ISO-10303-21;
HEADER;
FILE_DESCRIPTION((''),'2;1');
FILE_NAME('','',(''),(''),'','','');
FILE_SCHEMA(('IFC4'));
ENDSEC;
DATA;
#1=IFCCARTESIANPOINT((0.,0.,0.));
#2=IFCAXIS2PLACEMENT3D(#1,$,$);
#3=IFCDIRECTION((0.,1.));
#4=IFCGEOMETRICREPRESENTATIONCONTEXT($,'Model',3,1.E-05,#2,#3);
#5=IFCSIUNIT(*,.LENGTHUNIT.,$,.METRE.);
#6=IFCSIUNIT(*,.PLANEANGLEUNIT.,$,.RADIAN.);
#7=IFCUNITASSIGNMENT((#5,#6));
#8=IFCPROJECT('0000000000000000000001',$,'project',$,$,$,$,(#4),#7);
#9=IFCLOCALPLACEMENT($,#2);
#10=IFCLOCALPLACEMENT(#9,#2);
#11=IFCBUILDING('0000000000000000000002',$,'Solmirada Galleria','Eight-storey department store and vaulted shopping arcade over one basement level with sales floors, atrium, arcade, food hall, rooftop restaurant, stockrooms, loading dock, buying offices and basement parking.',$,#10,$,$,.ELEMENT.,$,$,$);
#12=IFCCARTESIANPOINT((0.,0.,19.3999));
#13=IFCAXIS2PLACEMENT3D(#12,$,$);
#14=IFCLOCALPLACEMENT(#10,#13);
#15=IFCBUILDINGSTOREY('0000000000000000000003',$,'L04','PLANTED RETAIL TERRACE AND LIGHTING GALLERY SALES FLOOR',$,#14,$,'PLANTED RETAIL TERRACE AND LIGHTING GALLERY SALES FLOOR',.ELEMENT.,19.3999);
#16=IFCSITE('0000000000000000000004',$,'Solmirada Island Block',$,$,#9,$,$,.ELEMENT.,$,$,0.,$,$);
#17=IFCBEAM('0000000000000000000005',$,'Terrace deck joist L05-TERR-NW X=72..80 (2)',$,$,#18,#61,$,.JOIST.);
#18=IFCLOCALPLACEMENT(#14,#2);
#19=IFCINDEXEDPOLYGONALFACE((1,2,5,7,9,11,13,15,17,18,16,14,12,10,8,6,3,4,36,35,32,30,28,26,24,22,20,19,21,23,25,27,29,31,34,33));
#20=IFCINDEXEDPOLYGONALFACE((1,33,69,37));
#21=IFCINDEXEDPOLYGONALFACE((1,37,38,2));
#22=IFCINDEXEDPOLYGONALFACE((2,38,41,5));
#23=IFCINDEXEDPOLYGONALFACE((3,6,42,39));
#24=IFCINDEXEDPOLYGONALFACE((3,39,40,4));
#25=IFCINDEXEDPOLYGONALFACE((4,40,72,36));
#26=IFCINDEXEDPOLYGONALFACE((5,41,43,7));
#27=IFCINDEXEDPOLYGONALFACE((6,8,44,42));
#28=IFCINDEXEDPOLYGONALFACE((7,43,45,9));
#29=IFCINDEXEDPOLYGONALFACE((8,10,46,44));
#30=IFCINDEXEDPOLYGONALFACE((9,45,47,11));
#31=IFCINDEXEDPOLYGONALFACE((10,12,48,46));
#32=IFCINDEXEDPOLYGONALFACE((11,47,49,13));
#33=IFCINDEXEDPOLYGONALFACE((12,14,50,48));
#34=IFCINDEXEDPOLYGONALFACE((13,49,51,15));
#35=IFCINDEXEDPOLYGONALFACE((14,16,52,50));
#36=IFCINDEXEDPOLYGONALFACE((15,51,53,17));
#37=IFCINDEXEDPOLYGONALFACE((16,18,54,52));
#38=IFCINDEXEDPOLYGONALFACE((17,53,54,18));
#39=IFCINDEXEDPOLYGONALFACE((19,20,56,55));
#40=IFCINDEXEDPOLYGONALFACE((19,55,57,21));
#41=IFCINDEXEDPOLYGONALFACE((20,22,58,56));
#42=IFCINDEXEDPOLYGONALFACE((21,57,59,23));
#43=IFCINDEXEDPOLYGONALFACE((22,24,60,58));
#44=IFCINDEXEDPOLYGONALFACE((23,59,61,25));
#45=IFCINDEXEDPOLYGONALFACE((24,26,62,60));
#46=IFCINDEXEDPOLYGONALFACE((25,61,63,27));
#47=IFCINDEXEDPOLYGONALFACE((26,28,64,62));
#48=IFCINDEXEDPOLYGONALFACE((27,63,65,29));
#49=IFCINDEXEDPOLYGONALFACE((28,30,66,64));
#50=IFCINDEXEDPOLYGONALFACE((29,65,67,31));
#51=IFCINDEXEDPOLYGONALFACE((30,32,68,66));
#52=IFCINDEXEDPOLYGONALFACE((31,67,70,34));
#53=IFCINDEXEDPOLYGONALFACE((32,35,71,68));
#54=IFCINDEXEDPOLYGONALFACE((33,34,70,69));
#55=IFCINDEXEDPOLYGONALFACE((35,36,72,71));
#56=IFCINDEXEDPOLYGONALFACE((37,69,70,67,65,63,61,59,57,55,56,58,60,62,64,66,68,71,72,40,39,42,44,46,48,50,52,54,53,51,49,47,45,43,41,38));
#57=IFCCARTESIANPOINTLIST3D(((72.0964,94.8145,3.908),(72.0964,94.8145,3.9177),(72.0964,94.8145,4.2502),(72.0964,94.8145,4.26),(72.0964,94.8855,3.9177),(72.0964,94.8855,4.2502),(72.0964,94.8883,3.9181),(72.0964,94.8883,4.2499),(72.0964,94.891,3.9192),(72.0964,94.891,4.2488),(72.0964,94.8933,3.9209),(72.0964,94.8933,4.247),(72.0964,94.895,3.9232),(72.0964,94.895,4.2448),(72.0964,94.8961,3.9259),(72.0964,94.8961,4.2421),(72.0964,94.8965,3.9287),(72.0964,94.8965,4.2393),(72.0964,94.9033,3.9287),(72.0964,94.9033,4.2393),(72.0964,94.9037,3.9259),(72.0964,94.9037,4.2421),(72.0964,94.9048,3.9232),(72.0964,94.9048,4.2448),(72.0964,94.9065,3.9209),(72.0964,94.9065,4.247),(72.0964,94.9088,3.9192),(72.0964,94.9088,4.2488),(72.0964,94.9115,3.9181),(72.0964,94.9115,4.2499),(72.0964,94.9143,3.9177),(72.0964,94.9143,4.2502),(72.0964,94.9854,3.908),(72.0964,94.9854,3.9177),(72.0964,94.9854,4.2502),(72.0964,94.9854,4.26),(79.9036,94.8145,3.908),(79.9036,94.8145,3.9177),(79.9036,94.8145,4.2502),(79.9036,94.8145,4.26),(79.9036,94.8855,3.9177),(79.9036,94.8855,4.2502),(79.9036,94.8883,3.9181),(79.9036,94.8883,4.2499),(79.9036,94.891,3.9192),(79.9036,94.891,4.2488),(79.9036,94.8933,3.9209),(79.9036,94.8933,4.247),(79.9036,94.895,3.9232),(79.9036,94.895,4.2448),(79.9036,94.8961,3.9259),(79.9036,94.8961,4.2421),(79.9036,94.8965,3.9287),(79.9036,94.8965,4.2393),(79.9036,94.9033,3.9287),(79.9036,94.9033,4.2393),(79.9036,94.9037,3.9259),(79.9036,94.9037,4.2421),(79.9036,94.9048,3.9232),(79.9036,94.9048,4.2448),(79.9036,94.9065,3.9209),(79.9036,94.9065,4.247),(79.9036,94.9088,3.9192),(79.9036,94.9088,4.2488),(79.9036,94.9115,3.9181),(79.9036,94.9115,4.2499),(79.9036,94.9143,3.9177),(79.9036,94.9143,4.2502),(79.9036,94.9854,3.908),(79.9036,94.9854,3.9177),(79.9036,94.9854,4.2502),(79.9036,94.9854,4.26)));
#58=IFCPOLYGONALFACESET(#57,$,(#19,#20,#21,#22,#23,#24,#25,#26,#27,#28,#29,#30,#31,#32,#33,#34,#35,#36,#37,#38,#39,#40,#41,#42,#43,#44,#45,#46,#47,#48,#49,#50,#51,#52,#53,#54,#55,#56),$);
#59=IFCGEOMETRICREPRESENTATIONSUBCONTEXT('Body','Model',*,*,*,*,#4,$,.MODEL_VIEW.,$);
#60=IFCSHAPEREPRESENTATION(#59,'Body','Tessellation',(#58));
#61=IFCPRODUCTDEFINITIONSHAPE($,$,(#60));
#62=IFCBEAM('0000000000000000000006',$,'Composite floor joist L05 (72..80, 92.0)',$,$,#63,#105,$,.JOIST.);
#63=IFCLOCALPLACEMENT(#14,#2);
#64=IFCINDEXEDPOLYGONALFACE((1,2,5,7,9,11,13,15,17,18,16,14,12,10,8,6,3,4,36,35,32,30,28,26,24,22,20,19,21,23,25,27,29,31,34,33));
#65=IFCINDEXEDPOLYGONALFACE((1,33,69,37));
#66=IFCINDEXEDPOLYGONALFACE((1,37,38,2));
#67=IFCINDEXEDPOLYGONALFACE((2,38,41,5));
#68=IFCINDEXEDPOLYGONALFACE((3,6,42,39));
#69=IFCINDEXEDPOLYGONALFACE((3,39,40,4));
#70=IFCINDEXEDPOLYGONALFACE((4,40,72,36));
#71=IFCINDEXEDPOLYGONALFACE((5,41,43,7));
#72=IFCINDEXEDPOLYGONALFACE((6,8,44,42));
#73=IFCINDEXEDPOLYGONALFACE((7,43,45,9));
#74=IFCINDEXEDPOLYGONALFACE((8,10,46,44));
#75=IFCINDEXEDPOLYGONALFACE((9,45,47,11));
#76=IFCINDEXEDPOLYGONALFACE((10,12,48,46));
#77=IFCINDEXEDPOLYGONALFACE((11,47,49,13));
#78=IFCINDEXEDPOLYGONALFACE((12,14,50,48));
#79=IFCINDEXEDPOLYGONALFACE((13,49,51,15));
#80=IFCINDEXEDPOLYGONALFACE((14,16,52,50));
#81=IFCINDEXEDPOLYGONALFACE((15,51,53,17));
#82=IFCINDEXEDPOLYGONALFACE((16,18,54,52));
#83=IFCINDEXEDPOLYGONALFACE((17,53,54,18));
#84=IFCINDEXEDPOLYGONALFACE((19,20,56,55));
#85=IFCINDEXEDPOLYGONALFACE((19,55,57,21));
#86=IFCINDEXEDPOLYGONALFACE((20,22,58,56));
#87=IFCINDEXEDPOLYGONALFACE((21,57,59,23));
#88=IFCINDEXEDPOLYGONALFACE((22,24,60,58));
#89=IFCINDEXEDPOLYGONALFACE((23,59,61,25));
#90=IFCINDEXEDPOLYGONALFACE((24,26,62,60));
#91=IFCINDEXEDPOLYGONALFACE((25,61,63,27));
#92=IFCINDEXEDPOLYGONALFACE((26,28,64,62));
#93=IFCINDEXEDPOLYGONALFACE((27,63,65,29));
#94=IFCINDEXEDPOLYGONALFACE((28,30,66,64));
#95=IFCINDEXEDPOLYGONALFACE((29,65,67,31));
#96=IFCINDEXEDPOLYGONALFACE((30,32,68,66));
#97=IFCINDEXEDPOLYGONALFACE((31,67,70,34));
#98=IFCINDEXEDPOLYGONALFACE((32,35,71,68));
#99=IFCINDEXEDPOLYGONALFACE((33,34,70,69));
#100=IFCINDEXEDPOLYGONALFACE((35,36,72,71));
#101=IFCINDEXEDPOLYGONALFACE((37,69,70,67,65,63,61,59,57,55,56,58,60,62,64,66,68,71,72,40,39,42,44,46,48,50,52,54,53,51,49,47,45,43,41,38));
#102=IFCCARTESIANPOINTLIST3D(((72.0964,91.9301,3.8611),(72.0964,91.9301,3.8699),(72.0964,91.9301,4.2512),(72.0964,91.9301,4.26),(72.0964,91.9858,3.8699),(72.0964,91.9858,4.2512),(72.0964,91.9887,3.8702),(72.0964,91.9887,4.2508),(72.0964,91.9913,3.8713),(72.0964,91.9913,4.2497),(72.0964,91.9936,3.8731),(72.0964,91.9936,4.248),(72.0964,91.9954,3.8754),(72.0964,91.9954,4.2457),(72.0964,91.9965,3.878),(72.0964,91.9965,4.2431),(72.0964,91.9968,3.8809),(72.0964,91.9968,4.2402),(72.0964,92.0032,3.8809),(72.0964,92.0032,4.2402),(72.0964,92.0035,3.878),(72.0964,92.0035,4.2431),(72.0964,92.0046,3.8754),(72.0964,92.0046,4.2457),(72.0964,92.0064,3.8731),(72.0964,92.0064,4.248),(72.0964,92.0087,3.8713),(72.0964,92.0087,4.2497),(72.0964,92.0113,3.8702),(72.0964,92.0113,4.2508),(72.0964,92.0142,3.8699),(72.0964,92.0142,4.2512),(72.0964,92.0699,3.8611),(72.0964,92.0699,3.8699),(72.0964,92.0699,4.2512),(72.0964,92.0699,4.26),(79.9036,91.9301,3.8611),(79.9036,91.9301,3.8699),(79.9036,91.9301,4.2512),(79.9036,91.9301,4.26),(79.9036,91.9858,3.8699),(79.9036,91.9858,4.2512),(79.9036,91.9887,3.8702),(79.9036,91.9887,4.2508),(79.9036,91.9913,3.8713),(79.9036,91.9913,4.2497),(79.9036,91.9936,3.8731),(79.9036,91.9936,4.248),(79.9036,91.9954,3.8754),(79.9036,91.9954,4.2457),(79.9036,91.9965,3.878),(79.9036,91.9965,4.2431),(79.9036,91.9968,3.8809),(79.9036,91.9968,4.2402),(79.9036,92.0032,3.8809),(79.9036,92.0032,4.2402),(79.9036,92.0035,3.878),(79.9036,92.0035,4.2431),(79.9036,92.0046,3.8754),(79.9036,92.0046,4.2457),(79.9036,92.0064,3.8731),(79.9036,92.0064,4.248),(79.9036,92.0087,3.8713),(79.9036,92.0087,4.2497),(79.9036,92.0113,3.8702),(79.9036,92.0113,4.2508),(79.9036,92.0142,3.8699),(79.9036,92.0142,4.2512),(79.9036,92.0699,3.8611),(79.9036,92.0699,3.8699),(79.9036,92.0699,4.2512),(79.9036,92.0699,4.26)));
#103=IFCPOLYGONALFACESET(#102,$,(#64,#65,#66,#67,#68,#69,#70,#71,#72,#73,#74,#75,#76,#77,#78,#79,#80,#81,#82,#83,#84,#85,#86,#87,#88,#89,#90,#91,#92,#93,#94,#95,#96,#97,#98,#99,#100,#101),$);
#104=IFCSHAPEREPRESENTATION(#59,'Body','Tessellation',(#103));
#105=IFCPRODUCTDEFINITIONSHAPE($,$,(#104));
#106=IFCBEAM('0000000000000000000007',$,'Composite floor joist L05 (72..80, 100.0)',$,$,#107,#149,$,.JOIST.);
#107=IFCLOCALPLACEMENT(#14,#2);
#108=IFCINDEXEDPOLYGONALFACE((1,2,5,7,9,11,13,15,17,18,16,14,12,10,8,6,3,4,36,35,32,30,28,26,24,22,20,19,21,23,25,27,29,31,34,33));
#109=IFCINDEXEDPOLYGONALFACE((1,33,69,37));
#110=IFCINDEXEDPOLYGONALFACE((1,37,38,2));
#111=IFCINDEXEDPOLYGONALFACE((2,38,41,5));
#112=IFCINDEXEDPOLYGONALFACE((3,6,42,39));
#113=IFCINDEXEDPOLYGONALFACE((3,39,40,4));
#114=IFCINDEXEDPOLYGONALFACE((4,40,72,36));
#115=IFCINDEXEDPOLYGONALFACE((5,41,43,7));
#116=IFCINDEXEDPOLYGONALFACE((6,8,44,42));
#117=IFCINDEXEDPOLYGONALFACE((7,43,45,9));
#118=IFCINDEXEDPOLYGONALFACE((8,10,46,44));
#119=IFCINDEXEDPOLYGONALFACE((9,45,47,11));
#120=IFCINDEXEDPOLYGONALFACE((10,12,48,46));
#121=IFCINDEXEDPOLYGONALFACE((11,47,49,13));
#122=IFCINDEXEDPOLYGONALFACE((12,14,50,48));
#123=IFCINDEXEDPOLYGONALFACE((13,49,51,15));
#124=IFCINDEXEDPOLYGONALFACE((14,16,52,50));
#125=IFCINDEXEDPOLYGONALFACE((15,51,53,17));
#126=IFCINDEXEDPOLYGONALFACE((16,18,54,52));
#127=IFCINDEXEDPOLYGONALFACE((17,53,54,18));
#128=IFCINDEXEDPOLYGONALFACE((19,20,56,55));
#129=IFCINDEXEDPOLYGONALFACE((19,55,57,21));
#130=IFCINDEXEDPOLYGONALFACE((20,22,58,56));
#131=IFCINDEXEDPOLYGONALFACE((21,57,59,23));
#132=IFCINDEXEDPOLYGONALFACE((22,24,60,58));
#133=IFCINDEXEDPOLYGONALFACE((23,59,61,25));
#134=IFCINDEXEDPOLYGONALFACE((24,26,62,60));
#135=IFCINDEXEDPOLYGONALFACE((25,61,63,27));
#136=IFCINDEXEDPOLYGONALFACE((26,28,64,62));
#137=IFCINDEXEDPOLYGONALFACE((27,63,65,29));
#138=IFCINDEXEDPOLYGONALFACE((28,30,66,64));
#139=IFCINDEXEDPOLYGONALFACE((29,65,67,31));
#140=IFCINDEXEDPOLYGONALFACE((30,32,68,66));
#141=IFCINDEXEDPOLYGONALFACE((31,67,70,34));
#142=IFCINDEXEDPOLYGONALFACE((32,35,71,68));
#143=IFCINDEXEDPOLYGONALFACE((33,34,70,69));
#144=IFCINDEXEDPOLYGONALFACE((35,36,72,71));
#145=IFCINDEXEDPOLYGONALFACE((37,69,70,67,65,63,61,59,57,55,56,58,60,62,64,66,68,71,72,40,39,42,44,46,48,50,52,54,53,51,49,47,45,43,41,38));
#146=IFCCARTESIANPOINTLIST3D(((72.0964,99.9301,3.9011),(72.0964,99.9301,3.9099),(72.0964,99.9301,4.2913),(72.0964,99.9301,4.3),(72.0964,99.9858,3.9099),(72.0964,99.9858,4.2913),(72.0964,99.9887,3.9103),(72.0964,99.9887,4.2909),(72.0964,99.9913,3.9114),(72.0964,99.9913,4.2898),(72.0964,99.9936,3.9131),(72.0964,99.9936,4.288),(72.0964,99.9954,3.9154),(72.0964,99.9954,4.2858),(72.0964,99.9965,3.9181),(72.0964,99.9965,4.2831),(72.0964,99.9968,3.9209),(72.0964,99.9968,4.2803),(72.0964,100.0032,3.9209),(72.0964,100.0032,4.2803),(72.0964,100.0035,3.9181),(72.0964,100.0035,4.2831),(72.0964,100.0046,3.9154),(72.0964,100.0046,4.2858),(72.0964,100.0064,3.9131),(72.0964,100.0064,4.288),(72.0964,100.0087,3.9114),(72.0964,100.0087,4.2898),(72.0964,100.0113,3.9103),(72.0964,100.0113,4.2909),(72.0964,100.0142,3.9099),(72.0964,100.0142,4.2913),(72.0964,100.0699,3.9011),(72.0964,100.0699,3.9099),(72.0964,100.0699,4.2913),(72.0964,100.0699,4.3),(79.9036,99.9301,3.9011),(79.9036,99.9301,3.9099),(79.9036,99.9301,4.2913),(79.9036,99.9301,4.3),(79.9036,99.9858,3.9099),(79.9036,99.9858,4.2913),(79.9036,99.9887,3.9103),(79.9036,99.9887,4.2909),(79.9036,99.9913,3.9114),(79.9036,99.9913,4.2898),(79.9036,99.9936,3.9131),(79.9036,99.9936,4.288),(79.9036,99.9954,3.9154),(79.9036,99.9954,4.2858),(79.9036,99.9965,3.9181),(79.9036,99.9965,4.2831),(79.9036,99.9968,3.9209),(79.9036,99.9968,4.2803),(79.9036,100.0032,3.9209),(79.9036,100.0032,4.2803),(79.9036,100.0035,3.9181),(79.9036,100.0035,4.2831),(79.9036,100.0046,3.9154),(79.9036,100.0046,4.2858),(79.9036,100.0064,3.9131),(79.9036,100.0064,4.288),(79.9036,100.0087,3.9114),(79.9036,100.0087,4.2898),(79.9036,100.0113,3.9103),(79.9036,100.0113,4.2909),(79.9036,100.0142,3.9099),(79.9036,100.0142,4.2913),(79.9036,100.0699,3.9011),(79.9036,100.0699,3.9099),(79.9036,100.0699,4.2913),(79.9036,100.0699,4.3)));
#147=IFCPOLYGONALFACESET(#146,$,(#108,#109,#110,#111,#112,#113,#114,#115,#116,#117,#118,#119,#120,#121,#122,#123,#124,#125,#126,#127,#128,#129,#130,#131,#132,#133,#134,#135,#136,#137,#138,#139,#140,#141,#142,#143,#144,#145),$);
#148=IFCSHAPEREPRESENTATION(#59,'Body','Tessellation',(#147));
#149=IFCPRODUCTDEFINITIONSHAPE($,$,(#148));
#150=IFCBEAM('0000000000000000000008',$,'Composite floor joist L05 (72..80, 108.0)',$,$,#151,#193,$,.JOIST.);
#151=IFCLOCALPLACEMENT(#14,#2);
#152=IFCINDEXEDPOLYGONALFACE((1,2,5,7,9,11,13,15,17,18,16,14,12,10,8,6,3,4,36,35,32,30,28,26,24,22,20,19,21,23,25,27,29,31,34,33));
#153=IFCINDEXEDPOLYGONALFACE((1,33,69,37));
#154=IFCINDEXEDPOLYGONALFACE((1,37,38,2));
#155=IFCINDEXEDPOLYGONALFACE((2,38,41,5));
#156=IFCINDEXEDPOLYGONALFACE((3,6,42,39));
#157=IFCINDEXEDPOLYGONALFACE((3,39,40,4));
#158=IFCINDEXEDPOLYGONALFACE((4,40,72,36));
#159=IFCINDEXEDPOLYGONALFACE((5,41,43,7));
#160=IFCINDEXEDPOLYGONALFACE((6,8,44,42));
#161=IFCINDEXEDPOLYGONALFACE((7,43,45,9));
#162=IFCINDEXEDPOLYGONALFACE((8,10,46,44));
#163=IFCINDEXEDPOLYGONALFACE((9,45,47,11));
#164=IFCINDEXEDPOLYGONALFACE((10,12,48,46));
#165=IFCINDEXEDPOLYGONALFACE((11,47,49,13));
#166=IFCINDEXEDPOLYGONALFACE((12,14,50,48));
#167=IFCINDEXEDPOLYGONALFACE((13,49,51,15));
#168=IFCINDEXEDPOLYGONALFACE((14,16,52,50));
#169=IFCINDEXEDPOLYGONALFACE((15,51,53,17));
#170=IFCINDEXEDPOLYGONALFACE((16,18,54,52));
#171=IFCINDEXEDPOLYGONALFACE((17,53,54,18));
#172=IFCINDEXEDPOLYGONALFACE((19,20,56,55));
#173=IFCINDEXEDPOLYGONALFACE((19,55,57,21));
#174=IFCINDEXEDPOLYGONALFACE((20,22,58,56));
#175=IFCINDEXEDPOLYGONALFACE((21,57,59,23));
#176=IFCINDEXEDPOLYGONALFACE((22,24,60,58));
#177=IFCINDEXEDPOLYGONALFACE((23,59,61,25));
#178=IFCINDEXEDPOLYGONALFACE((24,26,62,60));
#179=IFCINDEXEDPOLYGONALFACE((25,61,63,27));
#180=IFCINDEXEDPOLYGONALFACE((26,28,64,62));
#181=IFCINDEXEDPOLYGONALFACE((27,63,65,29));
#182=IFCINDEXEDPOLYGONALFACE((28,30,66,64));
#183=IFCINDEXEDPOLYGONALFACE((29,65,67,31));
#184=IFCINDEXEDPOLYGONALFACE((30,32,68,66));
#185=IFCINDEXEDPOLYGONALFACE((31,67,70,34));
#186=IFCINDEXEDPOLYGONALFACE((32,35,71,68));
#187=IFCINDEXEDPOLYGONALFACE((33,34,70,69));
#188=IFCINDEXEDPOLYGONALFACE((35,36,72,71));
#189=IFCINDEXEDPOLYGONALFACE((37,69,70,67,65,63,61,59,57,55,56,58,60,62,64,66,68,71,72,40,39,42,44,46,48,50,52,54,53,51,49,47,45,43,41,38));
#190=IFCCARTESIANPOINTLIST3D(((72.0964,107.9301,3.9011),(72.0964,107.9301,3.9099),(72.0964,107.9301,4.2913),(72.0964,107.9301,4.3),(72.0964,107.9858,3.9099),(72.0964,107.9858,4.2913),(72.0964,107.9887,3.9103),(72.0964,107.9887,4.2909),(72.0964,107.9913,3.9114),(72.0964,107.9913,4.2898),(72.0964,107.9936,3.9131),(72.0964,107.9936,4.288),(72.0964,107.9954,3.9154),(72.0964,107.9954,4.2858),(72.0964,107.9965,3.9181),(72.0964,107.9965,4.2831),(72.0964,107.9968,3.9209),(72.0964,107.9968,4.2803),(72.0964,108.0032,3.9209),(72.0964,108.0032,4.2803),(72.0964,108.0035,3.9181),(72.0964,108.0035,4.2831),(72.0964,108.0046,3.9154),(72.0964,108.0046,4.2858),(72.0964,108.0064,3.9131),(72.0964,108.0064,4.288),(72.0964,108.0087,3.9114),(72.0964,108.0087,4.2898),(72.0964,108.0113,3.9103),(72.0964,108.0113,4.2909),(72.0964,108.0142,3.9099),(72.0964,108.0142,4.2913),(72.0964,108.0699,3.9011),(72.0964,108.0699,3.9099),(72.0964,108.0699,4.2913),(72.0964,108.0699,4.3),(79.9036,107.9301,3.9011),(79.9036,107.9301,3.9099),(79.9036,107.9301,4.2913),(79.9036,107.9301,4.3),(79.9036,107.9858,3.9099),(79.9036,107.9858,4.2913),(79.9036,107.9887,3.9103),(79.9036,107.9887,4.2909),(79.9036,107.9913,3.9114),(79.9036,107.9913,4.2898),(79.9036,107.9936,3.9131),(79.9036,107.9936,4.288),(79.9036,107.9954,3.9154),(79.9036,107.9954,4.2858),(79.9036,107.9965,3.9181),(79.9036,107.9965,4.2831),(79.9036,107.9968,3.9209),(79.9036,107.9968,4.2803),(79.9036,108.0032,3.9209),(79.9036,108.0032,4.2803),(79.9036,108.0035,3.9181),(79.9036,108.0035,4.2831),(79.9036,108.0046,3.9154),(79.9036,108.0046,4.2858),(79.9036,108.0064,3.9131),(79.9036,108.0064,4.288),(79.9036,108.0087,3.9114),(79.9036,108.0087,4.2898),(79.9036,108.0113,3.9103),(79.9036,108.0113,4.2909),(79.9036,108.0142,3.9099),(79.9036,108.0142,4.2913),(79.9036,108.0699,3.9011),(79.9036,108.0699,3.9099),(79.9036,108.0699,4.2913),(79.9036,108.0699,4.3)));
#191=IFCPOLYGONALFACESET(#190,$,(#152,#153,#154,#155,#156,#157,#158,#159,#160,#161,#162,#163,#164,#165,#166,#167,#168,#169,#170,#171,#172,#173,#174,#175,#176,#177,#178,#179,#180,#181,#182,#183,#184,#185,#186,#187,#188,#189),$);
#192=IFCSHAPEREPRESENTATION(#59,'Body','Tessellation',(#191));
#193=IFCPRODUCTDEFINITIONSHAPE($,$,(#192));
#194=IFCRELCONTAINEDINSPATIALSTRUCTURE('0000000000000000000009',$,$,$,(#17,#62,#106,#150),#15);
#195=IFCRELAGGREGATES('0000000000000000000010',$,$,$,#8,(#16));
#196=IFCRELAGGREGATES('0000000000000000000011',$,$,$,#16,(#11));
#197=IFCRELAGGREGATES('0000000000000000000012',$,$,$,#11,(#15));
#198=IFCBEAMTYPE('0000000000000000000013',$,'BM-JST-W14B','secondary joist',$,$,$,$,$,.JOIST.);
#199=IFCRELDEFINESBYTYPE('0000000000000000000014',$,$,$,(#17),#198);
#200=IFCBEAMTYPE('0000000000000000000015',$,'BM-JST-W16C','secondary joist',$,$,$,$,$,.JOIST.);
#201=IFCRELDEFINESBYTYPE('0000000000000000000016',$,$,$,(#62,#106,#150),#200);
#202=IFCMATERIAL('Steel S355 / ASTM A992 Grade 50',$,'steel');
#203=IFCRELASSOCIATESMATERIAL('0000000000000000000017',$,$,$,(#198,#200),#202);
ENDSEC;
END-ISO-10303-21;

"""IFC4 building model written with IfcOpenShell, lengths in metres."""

from ifc_helpers import new_model, si_unit, direction, frame, origin, origin_2d, place, context, subcontext, project, spatial, i_section, extrude, material, material_profile, profile_set, type_object, element, save


model = new_model("IFC4")

# Units and contexts
model_context = context("Model", 3, precision=1e-05, world=origin(), true_north=direction((0.0, 1.0)))
body_context = subcontext(model_context, "Body", "Model", "MODEL_VIEW")
ifc_project = project(units=[si_unit("LENGTHUNIT", "METRE"), si_unit("PLANEANGLEUNIT", "RADIAN")], contexts=[model_context])

# Site, building, storey
site_placement = place(None, origin())
site = spatial("IfcSite", under=ifc_project, at=site_placement, Name="Solmirada Island Block", CompositionType="ELEMENT", RefElevation=0.0)
building_placement = place(site_placement, origin())
building = spatial("IfcBuilding", under=site, at=building_placement, Name="Solmirada Galleria", Description="Eight-storey department store and vaulted shopping arcade over one basement level with sales floors, atrium, arcade, food hall, rooftop restaurant, stockrooms, loading dock, buying offices and basement parking.", CompositionType="ELEMENT")
storey_placement = place(building_placement, frame((0.0, 0.0, 19.3999)))
storey = spatial("IfcBuildingStorey", under=building, at=storey_placement, Name="L04", Description="PLANTED RETAIL TERRACE AND LIGHTING GALLERY SALES FLOOR", LongName="PLANTED RETAIL TERRACE AND LIGHTING GALLERY SALES FLOOR", CompositionType="ELEMENT", Elevation=19.3999)

# Beams
ifc_material_1 = material(Name="Steel S355 / ASTM A992 Grade 50", Category="steel")
ifc_material_profile_1 = material_profile(ifc_material_1, i_section(OverallWidth=0.1709, OverallDepth=0.3521, WebThickness=0.0068, FlangeThickness=0.0098, FilletRadius=0.011, at=origin_2d()), Name="W14X30")
ifc_profile_set_1 = profile_set([ifc_material_profile_1], Name="Steel S355 / ASTM A992 Grade 50")
beam_type_1 = type_object("IfcBeamType", Name="BM-JST-W14B", Description="secondary joist", PredefinedType="JOIST", material=ifc_profile_set_1)
beam_1_placement = place(storey_placement, frame((72.0964, 94.8999, 4.084), z_axis=(1.0, 0.0, 0.0), x_axis=(0.0, 1.0, 0.0)))
element("IfcBeam", 1, at=beam_1_placement, inside=storey, type_object=beam_type_1, Name="Terrace deck joist L05-TERR-NW X=72..80 (2)", PredefinedType="JOIST", context=body_context, shape_type="SweptSolid", body=[
    extrude(i_section(OverallWidth=0.1709, OverallDepth=0.3521, WebThickness=0.0068, FlangeThickness=0.0098, FilletRadius=0.011, at=origin_2d()), origin(), (0.0, 0.0, 1.0), 7.8071),
])
ifc_material_profile_2 = material_profile(ifc_material_1, i_section(OverallWidth=0.1399, OverallDepth=0.3989, WebThickness=0.0063, FlangeThickness=0.0088, FilletRadius=0.011, at=origin_2d()), Name="W16X26")
ifc_profile_set_2 = profile_set([ifc_material_profile_2], Name="Steel S355 / ASTM A992 Grade 50")
beam_type_2 = type_object("IfcBeamType", Name="BM-JST-W16C", Description="secondary joist", PredefinedType="JOIST", material=ifc_profile_set_2)
for number, where, z_axis, x_axis, name in (
    (2, (72.0964, 92.0, 4.0605), (1.0, 0.0, 0.0), (0.0, 1.0, 0.0), "Composite floor joist L05 (72..80, 92.0)"),
    (3, (72.0964, 100.0, 4.1006), (1.0, 0.0, 0.0), (0.0, 1.0, 0.0), "Composite floor joist L05 (72..80, 100.0)"),
    (4, (72.0964, 108.0, 4.1006), (1.0, 0.0, 0.0), (0.0, 1.0, 0.0), "Composite floor joist L05 (72..80, 108.0)"),
):
    element("IfcBeam", number, at=place(storey_placement, frame(where, z_axis=z_axis, x_axis=x_axis)), inside=storey, type_object=beam_type_2, Name=name, PredefinedType="JOIST", context=body_context, shape_type="SweptSolid", body=[
        extrude(i_section(OverallWidth=0.1399, OverallDepth=0.3989, WebThickness=0.0063, FlangeThickness=0.0088, FilletRadius=0.011, at=origin_2d()), origin(), (0.0, 0.0, 1.0), 7.8071),
    ])

save(model, "model.ifc")
